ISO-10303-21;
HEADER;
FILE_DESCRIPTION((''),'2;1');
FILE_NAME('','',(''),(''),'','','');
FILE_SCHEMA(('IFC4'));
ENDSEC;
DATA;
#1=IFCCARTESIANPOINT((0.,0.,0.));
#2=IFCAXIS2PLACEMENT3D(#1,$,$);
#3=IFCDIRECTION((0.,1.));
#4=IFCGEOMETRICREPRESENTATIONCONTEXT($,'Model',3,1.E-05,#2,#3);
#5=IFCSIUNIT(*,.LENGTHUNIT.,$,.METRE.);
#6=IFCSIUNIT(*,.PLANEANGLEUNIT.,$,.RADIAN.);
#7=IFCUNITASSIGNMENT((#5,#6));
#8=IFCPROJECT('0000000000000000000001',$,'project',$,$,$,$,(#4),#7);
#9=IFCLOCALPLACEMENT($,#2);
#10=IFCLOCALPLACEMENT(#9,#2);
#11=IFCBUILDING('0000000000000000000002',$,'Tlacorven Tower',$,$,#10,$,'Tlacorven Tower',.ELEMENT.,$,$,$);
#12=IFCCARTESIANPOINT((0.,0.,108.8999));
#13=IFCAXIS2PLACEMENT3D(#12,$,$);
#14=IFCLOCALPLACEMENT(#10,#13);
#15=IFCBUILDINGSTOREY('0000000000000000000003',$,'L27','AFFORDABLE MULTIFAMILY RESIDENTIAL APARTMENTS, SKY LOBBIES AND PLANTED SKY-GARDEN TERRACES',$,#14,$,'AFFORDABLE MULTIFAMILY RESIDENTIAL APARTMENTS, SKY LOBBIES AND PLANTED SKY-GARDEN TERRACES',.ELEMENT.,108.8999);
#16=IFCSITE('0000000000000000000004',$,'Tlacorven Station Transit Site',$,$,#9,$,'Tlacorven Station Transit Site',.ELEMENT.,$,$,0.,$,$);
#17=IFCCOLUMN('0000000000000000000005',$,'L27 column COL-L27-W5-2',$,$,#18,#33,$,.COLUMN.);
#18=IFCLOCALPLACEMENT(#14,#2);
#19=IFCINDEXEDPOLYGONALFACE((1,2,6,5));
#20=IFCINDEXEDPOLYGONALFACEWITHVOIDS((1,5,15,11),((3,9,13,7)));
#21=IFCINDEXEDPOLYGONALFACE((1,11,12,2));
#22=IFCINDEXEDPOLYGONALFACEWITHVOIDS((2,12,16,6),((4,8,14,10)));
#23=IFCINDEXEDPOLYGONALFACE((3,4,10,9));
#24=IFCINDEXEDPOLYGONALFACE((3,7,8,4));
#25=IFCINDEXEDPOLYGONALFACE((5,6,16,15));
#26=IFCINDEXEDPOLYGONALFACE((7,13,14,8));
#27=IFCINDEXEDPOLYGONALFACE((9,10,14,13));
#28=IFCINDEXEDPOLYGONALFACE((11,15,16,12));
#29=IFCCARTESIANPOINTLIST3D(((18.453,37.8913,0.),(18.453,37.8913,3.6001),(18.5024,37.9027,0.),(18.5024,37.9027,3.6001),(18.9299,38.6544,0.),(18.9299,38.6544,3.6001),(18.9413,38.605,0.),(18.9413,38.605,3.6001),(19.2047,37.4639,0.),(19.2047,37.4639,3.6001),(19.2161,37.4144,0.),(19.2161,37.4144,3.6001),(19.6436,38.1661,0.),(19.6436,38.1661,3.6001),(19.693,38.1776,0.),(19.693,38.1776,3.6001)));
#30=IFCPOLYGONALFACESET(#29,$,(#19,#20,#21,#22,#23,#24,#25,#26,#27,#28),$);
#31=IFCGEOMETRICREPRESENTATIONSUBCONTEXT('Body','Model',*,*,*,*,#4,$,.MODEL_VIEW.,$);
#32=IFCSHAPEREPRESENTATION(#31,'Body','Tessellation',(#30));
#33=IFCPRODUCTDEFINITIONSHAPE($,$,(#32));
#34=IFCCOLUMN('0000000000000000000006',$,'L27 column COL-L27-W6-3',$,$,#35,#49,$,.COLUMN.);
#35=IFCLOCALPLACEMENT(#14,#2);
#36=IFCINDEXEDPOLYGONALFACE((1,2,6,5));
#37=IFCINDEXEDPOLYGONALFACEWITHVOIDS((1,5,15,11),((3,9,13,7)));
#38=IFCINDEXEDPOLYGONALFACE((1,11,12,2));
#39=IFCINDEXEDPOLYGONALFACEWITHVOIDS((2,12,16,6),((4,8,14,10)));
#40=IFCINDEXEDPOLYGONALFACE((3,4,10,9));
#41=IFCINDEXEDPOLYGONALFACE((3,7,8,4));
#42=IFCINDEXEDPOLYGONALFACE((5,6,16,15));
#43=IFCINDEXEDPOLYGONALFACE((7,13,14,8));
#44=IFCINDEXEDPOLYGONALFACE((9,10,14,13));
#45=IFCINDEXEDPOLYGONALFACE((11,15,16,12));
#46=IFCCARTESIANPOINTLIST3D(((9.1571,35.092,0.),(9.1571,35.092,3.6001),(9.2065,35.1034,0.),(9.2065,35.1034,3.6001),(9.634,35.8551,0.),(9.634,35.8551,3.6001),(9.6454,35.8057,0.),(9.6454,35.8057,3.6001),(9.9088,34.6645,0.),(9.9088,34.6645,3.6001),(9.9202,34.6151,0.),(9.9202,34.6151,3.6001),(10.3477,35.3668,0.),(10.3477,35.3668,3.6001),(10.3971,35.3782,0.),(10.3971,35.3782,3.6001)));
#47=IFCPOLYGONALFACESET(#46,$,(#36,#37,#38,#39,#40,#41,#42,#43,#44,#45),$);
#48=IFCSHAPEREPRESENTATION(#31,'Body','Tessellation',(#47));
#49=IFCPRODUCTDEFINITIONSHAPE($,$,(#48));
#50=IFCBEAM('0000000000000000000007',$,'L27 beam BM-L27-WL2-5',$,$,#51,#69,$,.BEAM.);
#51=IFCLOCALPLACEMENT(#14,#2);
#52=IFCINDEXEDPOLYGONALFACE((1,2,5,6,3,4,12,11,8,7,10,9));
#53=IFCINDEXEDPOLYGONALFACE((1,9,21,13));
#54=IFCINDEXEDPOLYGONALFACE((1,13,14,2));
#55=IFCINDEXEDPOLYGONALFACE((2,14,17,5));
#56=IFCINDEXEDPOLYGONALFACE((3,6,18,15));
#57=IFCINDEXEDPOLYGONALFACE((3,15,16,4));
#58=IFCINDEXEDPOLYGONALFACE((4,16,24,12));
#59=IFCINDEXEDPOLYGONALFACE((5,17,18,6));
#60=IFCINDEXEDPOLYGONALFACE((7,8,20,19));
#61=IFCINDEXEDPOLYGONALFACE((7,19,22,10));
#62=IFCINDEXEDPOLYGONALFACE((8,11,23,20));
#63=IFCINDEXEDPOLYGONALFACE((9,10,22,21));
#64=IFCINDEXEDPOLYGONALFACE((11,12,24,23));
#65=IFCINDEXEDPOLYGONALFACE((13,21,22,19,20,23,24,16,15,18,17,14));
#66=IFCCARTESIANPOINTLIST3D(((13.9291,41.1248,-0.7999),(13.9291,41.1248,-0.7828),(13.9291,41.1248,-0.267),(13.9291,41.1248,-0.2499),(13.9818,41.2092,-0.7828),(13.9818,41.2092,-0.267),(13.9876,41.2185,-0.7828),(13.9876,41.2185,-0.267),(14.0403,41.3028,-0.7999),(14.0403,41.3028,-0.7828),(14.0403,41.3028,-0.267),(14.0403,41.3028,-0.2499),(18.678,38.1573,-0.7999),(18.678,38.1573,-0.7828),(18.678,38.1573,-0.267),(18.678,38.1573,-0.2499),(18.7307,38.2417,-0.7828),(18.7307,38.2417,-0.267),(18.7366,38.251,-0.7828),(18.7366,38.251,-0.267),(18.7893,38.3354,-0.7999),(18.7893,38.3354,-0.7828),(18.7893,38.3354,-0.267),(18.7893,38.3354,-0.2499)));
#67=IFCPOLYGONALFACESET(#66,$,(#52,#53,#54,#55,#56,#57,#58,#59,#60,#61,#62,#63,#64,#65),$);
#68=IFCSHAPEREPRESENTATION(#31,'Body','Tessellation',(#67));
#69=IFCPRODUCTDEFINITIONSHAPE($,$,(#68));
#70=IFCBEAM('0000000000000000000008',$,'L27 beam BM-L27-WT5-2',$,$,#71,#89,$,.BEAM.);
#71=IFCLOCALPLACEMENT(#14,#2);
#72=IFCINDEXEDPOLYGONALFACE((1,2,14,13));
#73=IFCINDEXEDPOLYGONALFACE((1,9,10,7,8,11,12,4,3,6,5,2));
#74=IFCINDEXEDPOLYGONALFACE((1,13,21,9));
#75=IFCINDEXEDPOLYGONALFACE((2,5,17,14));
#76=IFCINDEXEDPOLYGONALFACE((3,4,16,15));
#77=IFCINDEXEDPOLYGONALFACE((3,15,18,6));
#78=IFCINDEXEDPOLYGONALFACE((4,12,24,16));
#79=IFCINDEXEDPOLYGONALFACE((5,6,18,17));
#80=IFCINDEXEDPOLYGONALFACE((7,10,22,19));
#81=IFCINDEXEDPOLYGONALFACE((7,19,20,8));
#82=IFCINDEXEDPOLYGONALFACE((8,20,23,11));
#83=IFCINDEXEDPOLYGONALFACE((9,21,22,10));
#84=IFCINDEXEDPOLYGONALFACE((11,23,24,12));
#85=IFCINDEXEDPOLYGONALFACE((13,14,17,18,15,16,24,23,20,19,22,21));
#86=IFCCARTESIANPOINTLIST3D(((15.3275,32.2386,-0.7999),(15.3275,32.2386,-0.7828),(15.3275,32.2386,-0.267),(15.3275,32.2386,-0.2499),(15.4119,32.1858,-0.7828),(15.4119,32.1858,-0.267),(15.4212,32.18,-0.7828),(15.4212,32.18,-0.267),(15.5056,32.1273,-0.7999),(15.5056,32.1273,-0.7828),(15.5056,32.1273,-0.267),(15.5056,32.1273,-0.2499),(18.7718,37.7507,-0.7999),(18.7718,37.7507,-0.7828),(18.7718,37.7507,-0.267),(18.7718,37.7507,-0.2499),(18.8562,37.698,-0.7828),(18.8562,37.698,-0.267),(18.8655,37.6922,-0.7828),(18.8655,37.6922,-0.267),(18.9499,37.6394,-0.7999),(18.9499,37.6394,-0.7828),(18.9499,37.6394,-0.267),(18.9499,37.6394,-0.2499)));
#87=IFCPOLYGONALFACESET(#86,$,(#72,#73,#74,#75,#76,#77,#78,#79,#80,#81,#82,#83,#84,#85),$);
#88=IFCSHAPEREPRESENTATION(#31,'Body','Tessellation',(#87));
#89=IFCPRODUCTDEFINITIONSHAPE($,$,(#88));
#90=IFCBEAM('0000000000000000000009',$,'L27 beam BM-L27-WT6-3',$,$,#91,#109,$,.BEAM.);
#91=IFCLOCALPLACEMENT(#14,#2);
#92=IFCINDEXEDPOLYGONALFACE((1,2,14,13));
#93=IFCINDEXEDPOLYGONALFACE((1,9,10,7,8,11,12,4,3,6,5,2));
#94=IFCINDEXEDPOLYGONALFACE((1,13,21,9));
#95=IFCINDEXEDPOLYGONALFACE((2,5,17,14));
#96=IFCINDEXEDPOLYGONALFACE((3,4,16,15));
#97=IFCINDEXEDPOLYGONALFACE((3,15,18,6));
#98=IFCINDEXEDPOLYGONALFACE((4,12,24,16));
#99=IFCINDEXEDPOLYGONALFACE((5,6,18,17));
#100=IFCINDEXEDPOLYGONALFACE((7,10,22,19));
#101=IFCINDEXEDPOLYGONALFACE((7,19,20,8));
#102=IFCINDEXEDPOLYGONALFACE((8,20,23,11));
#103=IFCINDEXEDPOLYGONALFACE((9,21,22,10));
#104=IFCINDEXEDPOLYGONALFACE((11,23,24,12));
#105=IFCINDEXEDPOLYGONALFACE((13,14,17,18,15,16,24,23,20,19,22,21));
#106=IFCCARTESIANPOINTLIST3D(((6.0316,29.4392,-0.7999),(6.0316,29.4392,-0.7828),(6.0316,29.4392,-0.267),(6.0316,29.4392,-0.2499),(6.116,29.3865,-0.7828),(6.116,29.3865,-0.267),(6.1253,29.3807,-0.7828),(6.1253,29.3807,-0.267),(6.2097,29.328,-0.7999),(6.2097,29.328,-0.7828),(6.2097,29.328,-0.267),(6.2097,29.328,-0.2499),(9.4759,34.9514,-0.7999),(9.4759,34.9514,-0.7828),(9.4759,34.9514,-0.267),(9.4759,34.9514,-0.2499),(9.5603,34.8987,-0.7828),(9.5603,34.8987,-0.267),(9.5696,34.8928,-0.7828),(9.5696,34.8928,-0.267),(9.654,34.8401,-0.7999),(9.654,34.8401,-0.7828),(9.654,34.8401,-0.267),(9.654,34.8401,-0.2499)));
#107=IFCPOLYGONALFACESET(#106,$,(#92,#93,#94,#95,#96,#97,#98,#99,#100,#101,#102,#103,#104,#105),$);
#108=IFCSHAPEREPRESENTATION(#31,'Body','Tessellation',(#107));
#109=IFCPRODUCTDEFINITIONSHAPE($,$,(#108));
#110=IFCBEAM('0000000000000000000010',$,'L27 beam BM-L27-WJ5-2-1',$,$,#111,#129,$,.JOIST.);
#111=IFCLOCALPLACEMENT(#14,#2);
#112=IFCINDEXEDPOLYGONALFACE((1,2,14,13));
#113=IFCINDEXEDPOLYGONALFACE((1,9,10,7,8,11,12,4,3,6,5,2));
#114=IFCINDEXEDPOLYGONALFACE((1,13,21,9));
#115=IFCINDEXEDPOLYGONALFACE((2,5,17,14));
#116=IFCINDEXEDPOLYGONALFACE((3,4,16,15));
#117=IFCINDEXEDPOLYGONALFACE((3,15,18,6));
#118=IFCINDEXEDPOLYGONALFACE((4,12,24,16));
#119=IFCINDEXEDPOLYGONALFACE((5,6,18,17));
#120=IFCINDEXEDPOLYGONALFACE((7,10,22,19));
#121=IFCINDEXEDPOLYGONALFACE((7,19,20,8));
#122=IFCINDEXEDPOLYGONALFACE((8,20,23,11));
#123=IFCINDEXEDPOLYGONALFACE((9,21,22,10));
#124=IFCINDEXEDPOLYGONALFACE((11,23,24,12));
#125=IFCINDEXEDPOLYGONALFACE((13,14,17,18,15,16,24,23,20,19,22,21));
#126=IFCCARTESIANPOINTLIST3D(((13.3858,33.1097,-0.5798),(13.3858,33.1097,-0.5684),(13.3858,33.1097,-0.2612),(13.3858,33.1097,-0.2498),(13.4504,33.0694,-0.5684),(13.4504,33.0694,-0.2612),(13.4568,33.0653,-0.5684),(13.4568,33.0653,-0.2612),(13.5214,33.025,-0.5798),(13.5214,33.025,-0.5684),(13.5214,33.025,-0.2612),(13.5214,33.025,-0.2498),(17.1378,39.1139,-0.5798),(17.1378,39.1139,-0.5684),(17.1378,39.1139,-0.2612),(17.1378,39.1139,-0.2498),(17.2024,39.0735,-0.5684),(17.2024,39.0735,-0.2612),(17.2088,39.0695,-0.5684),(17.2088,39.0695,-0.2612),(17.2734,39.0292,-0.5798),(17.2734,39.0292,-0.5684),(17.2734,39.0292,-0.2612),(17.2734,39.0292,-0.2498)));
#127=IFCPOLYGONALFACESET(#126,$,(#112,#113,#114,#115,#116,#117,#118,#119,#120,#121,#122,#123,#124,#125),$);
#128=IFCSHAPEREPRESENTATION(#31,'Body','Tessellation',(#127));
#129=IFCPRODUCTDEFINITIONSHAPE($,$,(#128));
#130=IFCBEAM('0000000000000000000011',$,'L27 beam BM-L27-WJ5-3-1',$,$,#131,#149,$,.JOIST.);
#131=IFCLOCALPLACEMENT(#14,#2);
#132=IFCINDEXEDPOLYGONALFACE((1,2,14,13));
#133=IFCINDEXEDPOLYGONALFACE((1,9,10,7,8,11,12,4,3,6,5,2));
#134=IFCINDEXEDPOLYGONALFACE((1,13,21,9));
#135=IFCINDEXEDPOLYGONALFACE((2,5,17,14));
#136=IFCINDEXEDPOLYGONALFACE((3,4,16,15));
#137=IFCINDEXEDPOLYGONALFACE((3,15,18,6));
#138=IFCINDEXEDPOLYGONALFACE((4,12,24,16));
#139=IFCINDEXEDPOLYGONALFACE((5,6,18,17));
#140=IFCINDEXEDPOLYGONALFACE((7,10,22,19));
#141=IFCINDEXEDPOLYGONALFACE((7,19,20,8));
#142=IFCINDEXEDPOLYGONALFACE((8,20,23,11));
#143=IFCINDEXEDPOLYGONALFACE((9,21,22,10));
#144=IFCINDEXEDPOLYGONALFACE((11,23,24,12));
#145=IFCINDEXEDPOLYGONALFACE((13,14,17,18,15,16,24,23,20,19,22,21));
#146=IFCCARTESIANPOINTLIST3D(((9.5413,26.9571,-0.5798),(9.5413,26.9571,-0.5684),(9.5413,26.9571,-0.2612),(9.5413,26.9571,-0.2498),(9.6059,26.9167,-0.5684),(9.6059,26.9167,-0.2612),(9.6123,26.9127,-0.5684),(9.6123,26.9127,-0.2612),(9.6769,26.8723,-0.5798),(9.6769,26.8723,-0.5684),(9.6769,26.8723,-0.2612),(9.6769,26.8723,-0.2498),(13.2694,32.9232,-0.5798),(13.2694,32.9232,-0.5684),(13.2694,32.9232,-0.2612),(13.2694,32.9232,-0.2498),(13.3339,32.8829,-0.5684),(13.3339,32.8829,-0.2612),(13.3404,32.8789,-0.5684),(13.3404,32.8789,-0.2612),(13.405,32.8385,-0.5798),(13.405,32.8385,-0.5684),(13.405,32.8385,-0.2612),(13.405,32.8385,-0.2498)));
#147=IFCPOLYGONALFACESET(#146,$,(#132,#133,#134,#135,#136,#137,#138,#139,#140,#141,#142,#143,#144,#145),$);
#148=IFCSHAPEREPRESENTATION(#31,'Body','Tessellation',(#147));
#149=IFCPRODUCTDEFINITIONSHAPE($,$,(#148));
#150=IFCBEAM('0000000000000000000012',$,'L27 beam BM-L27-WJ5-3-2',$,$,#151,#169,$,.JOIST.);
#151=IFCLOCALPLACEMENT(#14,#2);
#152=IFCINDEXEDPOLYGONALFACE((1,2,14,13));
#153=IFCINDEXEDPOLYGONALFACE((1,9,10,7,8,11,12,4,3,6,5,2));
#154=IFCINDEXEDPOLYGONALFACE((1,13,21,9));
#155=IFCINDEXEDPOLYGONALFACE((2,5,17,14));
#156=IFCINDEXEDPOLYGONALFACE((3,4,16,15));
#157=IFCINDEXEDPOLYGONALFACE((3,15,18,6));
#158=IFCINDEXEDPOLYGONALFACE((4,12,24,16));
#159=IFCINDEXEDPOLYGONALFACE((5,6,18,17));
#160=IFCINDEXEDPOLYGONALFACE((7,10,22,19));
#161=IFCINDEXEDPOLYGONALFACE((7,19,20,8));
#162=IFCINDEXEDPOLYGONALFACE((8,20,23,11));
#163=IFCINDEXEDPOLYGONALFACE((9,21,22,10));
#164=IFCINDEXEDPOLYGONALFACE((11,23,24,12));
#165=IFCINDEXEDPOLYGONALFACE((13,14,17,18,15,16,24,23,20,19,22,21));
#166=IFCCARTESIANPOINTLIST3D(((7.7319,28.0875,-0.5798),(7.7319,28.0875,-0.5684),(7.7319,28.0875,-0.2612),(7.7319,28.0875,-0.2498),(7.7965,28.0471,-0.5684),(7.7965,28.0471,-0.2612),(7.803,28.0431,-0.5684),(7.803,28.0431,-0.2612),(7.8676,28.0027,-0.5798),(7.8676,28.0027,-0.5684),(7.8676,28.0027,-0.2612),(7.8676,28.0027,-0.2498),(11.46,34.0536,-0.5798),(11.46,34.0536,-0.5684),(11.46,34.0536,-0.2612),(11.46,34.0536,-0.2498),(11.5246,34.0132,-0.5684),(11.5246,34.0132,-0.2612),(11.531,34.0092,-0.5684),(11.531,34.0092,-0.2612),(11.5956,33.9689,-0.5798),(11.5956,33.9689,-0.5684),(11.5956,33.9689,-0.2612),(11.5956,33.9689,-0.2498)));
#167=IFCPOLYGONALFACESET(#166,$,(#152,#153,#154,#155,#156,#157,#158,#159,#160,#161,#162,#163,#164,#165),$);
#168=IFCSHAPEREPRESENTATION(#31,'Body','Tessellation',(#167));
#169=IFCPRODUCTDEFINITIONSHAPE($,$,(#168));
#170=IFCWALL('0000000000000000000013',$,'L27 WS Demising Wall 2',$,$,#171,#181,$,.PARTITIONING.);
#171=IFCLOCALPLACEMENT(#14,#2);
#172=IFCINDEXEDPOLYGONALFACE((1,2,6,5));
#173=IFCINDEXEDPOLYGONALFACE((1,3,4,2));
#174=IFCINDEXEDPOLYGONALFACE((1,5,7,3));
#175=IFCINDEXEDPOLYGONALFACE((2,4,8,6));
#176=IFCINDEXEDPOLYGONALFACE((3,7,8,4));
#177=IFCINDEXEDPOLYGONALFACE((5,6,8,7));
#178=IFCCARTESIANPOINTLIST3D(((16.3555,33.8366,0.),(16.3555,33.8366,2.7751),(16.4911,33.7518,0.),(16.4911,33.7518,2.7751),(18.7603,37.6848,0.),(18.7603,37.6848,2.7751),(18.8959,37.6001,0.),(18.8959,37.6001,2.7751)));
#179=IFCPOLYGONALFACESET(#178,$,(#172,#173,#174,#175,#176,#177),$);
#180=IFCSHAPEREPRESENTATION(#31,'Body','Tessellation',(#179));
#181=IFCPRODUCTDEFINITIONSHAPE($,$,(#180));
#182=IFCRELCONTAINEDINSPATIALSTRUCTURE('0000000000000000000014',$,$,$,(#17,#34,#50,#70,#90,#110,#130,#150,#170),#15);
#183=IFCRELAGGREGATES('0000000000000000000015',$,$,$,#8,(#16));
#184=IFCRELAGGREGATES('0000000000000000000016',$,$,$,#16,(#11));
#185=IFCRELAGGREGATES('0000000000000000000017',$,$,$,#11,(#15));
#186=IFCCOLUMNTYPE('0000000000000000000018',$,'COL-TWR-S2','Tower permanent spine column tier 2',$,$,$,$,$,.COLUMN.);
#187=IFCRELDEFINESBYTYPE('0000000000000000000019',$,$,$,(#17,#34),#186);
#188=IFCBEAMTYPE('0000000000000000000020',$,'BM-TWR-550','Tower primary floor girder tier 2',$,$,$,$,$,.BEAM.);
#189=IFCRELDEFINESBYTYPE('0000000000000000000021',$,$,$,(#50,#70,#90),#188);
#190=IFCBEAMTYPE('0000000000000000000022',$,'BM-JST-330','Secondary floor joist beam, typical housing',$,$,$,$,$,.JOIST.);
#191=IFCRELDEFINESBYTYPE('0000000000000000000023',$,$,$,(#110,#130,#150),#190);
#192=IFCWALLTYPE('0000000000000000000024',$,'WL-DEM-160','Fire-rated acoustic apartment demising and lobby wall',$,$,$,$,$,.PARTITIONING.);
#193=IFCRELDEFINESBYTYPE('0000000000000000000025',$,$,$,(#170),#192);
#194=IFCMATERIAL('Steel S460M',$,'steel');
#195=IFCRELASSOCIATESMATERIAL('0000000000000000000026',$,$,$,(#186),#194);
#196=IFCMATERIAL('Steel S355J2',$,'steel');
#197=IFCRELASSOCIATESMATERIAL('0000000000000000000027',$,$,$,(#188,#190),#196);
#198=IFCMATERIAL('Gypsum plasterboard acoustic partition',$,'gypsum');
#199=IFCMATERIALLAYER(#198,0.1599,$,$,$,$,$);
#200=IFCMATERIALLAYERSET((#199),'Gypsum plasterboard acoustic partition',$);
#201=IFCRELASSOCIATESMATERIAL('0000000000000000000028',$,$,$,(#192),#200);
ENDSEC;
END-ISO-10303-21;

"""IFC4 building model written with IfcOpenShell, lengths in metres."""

from ifc_helpers import new_model, si_unit, direction, frame, frame_2d, origin, origin_2d, place, context, subcontext, project, spatial, rectangle, hollow_rectangle, i_section, extrude, source, transform, mapped, material, layer, layer_set, material_profile, profile_set, type_object, element, save


model = new_model("IFC4")

# Units and contexts
model_context = context("Model", 3, precision=1e-05, world=origin(), true_north=direction((0.0, 1.0)))
body_context = subcontext(model_context, "Body", "Model", "MODEL_VIEW")
ifc_project = project(units=[si_unit("LENGTHUNIT", "METRE"), si_unit("PLANEANGLEUNIT", "RADIAN")], contexts=[model_context])

# Site, building, storey
site_placement = place(None, origin())
site = spatial("IfcSite", under=ifc_project, at=site_placement, Name="Tlacorven Station Transit Site", LongName="Tlacorven Station Transit Site", CompositionType="ELEMENT", RefElevation=0.0)
building_placement = place(site_placement, origin())
building = spatial("IfcBuilding", under=site, at=building_placement, Name="Tlacorven Tower", LongName="Tlacorven Tower", CompositionType="ELEMENT")
storey_placement = place(building_placement, frame((0.0, 0.0, 108.8999)))
storey = spatial("IfcBuildingStorey", under=building, at=storey_placement, Name="L27", Description="AFFORDABLE MULTIFAMILY RESIDENTIAL APARTMENTS, SKY LOBBIES AND PLANTED SKY-GARDEN TERRACES", LongName="AFFORDABLE MULTIFAMILY RESIDENTIAL APARTMENTS, SKY LOBBIES AND PLANTED SKY-GARDEN TERRACES", CompositionType="ELEMENT", Elevation=108.8999)

# Columns
ifc_material_1 = material(Name="Steel S460M", Category="steel")
ifc_material_profile_1 = material_profile(ifc_material_1, hollow_rectangle(XDim=0.8999, YDim=0.8999, WallThickness=0.0359, at=origin_2d()), Name="BOX 900X900X36")
ifc_profile_set_1 = profile_set([ifc_material_profile_1], Name="Steel S460M")
column_type = type_object("IfcColumnType", Name="COL-TWR-S2", Description="Tower permanent spine column tier 2", PredefinedType="COLUMN", material=ifc_profile_set_1)
shared_shape_1 = source(origin(), body_context, "Body", "SweptSolid", [
    extrude(hollow_rectangle(XDim=0.8999, YDim=0.8999, WallThickness=0.0359, at=origin_2d()), origin(), (0.0, 0.0, 1.0), 3.6001),
])
for number, where, z_axis, x_axis, name in (
    (1, (19.073, 38.0344, 0.0), (0.0, 0.0, 1.0), (-0.848048, 0.529919, 0.0), "L27 column COL-L27-W5-2"),
    (2, (9.7771, 35.2351, 0.0), (0.0, 0.0, 1.0), (-0.848048, 0.529919, 0.0), "L27 column COL-L27-W6-3"),
):
    element("IfcColumn", number, at=place(storey_placement, frame(where, z_axis=z_axis, x_axis=x_axis)), inside=storey, type_object=column_type, Name=name, PredefinedType="COLUMN", context=body_context, shape_type="MappedRepresentation", body=[
        mapped(shared_shape_1, transform((0.0, 0.0, 0.0), scale=1.0)),
    ])

# Beams
ifc_material_2 = material(Name="Steel S355J2", Category="steel")
ifc_material_profile_2 = material_profile(ifc_material_2, i_section(OverallWidth=0.21, OverallDepth=0.55, WebThickness=0.011, FlangeThickness=0.0171, at=origin_2d()), Name="IPE 550")
ifc_profile_set_2 = profile_set([ifc_material_profile_2], Name="Steel S355J2")
beam_type_1 = type_object("IfcBeamType", Name="BM-TWR-550", Description="Tower primary floor girder tier 2", PredefinedType="BEAM", material=ifc_profile_set_2)
shared_shape_2 = source(origin(), body_context, "Body", "SweptSolid", [
    extrude(i_section(OverallWidth=0.21, OverallDepth=0.55, WebThickness=0.011, FlangeThickness=0.0171, at=origin_2d()), origin(), (0.0, 0.0, 1.0), 5.5999),
])
beam_1_placement = place(storey_placement, frame((18.7336, 38.2463, -0.5249), z_axis=(-0.848047, 0.529921, 0.0), x_axis=(-0.529921, -0.848047, 0.0)))
element("IfcBeam", 3, at=beam_1_placement, inside=storey, type_object=beam_type_1, Name="L27 beam BM-L27-WL2-5", PredefinedType="BEAM", context=body_context, shape_type="MappedRepresentation", body=[
    mapped(shared_shape_2, transform((0.0, 0.0, 0.0), scale=1.0)),
])
shared_shape_3 = source(origin(), body_context, "Body", "SweptSolid", [
    extrude(i_section(OverallWidth=0.21, OverallDepth=0.55, WebThickness=0.011, FlangeThickness=0.0171, at=origin_2d()), origin(), (0.0, 0.0, 1.0), 6.4998),
])
for number, where, z_axis, x_axis, name in (
    (4, (18.8608, 37.6951, -0.5249), (-0.529911, -0.848053, 0.0), (0.848053, -0.529911, 0.0), "L27 beam BM-L27-WT5-2"),
    (5, (9.5649, 34.8958, -0.5249), (-0.529911, -0.848053, 0.0), (0.848053, -0.529911, 0.0), "L27 beam BM-L27-WT6-3"),
):
    element("IfcBeam", number, at=place(storey_placement, frame(where, z_axis=z_axis, x_axis=x_axis)), inside=storey, type_object=beam_type_1, Name=name, PredefinedType="BEAM", context=body_context, shape_type="MappedRepresentation", body=[
        mapped(shared_shape_3, transform((0.0, 0.0, 0.0), scale=1.0)),
    ])
ifc_material_profile_3 = material_profile(ifc_material_2, i_section(OverallWidth=0.1599, OverallDepth=0.3301, WebThickness=0.0076, FlangeThickness=0.0115, at=origin_2d()), Name="IPE 330")
ifc_profile_set_3 = profile_set([ifc_material_profile_3], Name="Steel S355J2")
beam_type_2 = type_object("IfcBeamType", Name="BM-JST-330", Description="Secondary floor joist beam, typical housing", PredefinedType="JOIST", material=ifc_profile_set_3)
shared_shape_4 = source(origin(), body_context, "Body", "SweptSolid", [
    extrude(i_section(OverallWidth=0.1599, OverallDepth=0.3301, WebThickness=0.0076, FlangeThickness=0.0115, at=origin_2d()), origin(), (0.0, 0.0, 1.0), 7.0801),
])
beam_2_placement = place(storey_placement, frame((17.2056, 39.0715, -0.4148), z_axis=(-0.529934, -0.848039, 0.0), x_axis=(0.848039, -0.529934, 0.0)))
element("IfcBeam", 6, at=beam_2_placement, inside=storey, type_object=beam_type_2, Name="L27 beam BM-L27-WJ5-2-1", PredefinedType="JOIST", context=body_context, shape_type="MappedRepresentation", body=[
    mapped(shared_shape_4, transform((0.0, 0.0, 0.0), scale=1.0)),
])
shared_shape_5 = source(origin(), body_context, "Body", "SweptSolid", [
    extrude(i_section(OverallWidth=0.1599, OverallDepth=0.3301, WebThickness=0.0076, FlangeThickness=0.0115, at=origin_2d()), origin(), (0.0, 0.0, 1.0), 7.0352),
])
for number, where, z_axis, x_axis, name in (
    (7, (13.3372, 32.8809, -0.4148), (-0.529921, -0.848047, 0.0), (0.848047, -0.529921, 0.0), "L27 beam BM-L27-WJ5-3-1"),
    (8, (11.5278, 34.0112, -0.4148), (-0.529921, -0.848047, 0.0), (0.848047, -0.529921, 0.0), "L27 beam BM-L27-WJ5-3-2"),
):
    element("IfcBeam", number, at=place(storey_placement, frame(where, z_axis=z_axis, x_axis=x_axis)), inside=storey, type_object=beam_type_2, Name=name, PredefinedType="JOIST", context=body_context, shape_type="MappedRepresentation", body=[
        mapped(shared_shape_5, transform((0.0, 0.0, 0.0), scale=1.0)),
    ])

# Wall
ifc_material_3 = material(Name="Gypsum plasterboard acoustic partition", Category="gypsum")
ifc_layer_1 = layer(ifc_material_3, 0.1599)
ifc_layer_set_1 = layer_set([ifc_layer_1], Name="Gypsum plasterboard acoustic partition")
wall_type_1 = type_object("IfcWallType", Name="WL-DEM-160", Description="Fire-rated acoustic apartment demising and lobby wall", PredefinedType="PARTITIONING", material=ifc_layer_set_1)
wall_1_placement = place(storey_placement, frame((18.8281, 37.6426, 0.0), z_axis=(0.0, 0.0, 1.0), x_axis=(-0.529926, -0.848044, 0.0)))
element("IfcWall", 9, at=wall_1_placement, inside=storey, type_object=wall_type_1, Name="L27 WS Demising Wall 2", PredefinedType="PARTITIONING", context=body_context, shape_type="SweptSolid", body=[
    extrude(rectangle(XDim=4.5378, YDim=0.1599, at=frame_2d((2.269, 0.0))), origin(), (0.0, 0.0, 1.0), 2.7751),
])

save(model, "model.ifc")
